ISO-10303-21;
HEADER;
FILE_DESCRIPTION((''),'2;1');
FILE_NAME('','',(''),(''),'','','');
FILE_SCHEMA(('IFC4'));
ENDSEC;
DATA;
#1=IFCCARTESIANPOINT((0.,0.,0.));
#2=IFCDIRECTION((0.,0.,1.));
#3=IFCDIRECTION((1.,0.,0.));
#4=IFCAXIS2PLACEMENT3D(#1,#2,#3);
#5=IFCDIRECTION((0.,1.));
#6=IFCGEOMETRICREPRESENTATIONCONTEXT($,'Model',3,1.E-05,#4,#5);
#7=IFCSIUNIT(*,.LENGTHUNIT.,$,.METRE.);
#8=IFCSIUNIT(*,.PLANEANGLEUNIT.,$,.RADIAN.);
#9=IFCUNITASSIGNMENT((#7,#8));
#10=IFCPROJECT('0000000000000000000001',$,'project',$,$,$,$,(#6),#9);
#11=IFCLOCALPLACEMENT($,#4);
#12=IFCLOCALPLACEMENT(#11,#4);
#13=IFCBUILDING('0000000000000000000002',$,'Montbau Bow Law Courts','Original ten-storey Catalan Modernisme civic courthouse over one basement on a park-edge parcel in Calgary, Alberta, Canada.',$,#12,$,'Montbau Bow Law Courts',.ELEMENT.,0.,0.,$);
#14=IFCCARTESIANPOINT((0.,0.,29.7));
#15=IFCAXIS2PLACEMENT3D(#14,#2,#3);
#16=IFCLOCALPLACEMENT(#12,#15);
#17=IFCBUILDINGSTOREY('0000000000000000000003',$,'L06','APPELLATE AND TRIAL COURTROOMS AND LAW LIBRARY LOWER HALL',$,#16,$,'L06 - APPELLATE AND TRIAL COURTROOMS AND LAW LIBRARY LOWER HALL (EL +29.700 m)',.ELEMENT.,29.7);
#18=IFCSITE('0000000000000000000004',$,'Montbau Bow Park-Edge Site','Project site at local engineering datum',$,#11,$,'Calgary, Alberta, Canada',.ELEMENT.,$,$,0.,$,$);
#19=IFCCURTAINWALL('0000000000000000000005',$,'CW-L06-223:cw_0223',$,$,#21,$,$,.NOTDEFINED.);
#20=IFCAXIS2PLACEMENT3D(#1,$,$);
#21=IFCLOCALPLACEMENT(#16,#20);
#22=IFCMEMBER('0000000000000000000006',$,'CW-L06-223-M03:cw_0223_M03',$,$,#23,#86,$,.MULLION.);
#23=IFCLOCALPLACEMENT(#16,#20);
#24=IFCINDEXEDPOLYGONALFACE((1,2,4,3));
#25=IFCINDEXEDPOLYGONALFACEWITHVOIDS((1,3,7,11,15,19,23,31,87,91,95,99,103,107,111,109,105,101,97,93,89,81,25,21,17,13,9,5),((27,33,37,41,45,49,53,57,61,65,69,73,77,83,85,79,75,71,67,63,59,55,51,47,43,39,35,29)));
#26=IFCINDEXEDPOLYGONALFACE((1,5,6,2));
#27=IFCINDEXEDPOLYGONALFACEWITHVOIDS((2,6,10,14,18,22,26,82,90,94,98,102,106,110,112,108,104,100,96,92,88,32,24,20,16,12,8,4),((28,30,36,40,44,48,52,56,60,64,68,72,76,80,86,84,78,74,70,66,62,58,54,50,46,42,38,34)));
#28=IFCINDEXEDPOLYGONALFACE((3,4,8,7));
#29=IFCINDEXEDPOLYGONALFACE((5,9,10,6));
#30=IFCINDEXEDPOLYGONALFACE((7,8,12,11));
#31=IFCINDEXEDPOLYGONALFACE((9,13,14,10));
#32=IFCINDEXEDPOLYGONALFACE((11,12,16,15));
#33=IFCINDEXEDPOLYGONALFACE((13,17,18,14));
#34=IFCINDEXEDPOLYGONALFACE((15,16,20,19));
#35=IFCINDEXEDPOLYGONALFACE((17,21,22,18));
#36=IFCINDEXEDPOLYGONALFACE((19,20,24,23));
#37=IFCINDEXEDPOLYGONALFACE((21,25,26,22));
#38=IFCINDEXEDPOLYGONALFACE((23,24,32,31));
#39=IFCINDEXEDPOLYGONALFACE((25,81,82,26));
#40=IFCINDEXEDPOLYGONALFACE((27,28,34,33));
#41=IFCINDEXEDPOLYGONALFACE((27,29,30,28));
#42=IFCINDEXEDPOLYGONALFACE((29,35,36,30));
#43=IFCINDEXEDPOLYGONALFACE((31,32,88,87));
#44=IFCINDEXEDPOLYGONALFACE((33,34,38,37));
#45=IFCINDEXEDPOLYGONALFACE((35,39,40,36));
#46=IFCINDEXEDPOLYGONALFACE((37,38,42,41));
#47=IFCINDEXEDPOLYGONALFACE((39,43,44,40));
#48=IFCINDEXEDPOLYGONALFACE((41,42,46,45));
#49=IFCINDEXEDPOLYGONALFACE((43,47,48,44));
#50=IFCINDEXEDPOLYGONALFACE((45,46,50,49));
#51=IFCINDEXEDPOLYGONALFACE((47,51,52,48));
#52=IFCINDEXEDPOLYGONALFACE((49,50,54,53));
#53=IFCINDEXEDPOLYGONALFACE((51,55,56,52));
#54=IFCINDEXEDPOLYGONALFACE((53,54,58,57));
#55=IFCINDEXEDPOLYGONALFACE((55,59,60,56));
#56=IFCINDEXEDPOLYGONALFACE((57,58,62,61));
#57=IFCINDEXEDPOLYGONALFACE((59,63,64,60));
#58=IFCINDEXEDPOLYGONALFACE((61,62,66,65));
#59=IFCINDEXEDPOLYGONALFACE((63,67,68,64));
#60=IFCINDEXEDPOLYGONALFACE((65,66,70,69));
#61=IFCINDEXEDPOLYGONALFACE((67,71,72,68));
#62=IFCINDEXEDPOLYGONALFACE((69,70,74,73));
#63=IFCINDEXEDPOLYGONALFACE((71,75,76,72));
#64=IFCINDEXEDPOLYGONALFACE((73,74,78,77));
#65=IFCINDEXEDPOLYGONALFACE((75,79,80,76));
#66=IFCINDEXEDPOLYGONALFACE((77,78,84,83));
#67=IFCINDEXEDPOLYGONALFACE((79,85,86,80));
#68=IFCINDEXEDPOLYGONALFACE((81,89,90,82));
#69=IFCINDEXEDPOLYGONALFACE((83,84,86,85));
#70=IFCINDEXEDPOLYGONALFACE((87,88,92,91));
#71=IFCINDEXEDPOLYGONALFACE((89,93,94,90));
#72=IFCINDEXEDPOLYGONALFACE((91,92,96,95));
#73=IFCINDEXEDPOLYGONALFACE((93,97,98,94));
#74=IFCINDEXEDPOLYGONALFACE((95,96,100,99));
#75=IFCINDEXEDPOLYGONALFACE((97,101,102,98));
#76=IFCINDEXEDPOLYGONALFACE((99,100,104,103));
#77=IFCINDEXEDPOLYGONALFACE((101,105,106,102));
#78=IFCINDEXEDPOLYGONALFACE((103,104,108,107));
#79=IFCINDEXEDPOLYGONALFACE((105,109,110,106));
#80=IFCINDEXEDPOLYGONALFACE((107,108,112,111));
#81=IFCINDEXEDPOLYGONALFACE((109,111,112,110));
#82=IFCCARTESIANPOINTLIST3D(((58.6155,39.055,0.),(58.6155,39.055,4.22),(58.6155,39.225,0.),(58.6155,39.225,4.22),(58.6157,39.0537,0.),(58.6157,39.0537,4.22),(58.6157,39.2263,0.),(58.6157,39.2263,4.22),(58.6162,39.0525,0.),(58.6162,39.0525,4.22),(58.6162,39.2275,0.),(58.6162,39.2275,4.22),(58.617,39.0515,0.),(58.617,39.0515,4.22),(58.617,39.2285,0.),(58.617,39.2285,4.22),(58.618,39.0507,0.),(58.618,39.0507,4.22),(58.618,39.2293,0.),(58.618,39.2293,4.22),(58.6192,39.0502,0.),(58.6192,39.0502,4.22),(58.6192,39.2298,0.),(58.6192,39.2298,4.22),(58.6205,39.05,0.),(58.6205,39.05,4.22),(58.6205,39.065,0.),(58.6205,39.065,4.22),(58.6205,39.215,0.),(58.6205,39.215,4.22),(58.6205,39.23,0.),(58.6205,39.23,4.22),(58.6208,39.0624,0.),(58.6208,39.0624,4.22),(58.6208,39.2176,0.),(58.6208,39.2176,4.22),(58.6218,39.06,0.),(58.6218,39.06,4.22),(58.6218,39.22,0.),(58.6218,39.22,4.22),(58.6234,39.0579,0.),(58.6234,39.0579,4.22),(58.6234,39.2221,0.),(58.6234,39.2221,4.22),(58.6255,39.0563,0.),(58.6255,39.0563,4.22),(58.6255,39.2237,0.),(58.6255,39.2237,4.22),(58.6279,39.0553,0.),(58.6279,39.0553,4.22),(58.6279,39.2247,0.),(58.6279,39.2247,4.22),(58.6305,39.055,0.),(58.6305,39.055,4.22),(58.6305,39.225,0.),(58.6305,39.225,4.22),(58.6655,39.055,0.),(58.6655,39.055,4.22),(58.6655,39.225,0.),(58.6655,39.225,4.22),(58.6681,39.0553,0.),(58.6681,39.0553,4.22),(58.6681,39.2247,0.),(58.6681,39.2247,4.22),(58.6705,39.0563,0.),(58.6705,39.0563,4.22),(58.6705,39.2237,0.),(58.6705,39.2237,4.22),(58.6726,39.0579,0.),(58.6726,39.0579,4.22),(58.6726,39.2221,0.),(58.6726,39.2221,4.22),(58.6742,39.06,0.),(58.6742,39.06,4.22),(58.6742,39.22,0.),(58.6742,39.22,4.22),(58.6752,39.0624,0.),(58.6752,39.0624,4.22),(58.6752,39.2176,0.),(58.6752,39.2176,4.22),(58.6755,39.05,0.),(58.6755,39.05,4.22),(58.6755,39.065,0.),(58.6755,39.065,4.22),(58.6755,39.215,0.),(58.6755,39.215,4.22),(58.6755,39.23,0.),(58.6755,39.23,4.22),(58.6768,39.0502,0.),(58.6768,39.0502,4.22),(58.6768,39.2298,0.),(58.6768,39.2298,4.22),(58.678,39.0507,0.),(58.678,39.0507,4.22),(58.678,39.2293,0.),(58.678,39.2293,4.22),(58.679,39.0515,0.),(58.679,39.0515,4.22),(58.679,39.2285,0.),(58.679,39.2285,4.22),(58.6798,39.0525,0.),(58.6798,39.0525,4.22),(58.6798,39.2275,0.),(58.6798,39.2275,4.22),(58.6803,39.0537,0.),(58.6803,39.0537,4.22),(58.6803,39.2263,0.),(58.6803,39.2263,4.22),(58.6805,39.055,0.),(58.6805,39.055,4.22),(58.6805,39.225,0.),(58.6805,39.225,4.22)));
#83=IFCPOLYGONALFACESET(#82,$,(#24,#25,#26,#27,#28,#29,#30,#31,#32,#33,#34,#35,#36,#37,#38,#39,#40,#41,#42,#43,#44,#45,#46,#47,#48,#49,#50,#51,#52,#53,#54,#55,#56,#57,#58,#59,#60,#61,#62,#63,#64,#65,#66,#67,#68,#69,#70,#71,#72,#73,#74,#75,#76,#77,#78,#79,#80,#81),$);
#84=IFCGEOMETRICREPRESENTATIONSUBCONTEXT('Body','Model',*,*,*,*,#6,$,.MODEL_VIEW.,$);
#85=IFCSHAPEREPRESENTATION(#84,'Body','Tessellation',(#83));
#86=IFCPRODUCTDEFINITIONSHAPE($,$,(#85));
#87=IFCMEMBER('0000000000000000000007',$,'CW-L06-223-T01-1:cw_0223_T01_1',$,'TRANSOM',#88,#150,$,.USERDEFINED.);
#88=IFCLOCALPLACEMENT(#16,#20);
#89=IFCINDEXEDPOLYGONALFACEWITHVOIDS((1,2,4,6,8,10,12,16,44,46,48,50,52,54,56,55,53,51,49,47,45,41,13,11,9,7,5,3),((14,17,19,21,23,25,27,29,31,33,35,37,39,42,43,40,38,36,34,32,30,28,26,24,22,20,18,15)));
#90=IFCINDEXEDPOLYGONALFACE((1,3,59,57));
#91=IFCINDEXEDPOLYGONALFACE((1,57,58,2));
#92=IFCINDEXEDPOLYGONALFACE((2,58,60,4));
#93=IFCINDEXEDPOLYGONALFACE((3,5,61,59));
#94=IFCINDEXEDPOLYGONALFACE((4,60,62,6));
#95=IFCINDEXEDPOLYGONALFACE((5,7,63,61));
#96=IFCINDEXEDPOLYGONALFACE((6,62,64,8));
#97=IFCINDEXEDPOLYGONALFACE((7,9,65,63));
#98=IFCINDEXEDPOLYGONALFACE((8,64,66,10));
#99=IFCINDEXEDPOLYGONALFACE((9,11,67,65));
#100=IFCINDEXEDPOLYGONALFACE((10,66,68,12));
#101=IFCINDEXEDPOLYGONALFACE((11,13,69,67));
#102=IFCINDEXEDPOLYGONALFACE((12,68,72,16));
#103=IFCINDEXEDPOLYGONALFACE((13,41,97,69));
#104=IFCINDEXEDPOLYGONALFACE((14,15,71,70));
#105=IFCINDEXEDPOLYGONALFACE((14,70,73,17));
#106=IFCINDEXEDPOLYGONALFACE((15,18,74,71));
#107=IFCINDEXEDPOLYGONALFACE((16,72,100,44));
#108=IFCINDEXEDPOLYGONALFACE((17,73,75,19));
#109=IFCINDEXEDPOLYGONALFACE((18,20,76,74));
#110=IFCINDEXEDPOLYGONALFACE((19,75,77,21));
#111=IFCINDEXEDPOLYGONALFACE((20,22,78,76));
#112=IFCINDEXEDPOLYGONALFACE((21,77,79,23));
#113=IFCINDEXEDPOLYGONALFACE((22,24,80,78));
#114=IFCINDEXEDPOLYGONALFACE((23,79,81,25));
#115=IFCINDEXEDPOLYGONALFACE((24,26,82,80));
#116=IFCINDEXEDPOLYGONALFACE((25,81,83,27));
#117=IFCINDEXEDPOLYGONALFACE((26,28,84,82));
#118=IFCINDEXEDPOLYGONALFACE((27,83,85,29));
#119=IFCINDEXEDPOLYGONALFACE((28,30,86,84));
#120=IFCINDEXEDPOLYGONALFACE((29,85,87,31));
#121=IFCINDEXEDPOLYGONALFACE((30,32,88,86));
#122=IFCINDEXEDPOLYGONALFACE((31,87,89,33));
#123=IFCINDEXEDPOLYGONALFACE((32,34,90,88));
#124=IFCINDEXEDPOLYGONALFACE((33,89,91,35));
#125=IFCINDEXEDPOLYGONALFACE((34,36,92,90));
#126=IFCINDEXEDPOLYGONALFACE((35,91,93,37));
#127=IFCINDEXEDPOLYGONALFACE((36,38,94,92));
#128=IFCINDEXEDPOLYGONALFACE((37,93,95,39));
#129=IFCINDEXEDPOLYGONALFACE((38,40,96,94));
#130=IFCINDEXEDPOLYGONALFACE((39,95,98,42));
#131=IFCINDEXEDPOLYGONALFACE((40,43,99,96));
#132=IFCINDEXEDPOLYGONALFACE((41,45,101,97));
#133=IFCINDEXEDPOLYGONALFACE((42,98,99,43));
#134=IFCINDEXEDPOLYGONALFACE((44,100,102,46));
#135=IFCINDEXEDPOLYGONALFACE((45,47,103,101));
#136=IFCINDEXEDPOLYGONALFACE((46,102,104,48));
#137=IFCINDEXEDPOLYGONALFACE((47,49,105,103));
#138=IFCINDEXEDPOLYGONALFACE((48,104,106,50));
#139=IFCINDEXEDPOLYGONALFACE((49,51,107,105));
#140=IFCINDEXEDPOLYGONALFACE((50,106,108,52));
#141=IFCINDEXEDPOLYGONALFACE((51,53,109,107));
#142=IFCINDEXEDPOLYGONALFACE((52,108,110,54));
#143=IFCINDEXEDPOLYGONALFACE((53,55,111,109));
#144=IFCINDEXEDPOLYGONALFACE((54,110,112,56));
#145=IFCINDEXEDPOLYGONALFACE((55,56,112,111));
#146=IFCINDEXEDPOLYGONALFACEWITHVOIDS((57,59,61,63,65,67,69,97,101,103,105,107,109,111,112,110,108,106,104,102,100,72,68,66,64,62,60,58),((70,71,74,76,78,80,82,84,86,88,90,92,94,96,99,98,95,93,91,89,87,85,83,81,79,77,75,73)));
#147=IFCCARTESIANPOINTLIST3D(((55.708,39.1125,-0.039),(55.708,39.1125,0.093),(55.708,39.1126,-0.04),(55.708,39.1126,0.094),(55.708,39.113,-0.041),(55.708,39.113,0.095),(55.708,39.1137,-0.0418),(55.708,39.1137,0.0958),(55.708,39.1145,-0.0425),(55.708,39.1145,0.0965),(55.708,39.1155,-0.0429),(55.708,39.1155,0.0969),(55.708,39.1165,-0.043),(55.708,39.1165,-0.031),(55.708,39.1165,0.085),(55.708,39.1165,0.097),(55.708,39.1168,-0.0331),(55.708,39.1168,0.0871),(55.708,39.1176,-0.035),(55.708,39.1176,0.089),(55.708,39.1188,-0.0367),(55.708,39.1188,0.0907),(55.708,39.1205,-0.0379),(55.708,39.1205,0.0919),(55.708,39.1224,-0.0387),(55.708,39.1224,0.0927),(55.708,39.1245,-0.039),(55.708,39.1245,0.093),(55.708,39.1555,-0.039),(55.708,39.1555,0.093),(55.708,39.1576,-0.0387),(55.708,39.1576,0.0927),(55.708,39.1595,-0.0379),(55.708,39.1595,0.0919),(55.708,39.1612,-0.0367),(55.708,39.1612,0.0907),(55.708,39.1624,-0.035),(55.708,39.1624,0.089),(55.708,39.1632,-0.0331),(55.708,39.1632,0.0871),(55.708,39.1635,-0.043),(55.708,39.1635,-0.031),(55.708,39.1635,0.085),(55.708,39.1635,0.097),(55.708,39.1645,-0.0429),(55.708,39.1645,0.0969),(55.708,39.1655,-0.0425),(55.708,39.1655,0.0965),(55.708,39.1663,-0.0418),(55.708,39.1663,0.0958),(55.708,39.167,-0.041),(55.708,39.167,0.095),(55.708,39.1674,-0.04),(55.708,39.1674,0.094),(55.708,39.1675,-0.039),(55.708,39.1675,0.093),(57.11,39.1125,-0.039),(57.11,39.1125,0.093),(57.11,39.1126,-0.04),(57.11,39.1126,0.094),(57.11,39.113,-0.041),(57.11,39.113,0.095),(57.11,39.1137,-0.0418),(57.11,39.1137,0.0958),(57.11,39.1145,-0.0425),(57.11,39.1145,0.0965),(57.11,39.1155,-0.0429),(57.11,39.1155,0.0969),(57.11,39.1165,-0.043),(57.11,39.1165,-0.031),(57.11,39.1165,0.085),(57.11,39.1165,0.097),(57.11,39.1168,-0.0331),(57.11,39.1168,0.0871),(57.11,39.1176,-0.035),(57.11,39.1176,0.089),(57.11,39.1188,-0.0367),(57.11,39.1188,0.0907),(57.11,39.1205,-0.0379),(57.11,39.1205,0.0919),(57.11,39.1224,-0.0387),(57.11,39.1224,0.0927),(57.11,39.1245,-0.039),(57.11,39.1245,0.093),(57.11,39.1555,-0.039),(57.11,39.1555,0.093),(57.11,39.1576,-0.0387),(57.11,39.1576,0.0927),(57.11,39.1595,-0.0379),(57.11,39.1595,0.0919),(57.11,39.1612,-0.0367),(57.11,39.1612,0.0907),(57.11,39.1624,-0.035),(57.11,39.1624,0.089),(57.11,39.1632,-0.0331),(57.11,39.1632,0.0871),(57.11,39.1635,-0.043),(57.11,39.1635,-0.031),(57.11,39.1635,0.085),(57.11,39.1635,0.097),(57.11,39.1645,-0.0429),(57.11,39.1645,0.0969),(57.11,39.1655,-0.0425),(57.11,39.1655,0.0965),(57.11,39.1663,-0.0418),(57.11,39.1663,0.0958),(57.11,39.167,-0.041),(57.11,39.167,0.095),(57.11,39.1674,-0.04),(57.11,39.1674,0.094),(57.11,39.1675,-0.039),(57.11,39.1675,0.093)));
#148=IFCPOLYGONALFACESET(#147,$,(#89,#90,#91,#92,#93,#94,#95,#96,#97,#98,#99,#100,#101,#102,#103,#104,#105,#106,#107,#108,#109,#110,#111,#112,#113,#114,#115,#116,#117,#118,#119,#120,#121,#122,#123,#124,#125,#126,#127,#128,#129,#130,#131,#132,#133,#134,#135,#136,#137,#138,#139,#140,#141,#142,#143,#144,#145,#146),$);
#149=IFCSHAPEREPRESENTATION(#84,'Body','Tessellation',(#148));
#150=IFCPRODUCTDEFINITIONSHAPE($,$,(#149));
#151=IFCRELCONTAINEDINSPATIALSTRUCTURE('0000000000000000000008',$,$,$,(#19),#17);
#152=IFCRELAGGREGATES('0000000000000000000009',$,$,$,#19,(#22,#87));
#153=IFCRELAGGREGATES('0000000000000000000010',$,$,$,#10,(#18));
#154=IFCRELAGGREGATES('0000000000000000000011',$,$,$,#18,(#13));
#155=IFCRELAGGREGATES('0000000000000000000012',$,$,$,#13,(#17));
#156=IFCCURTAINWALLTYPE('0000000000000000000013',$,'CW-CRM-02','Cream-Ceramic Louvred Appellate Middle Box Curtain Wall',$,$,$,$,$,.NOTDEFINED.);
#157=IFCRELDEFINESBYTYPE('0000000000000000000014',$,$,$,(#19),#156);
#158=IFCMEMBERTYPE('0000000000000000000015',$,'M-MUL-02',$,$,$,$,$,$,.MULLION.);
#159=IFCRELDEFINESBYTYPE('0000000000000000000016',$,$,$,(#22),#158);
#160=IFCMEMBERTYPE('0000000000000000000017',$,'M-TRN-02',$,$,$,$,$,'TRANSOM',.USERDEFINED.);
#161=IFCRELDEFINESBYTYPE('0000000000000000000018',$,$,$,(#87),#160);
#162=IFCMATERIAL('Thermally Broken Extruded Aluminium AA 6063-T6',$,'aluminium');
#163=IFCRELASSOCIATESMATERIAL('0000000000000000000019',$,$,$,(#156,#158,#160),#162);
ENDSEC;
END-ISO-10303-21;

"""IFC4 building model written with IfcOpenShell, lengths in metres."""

from ifc_helpers import new_model, si_unit, direction, frame, origin_with_axes, origin_2d_with_axis, place, context, subcontext, project, spatial, hollow_rectangle, extrude, material, material_profile, profile_set, type_object, element, aggregate, save


model = new_model("IFC4")

# Units and contexts
model_context = context("Model", 3, precision=1e-05, world=origin_with_axes(), true_north=direction((0.0, 1.0)))
body_context = subcontext(model_context, "Body", "Model", "MODEL_VIEW")
ifc_project = project(units=[si_unit("LENGTHUNIT", "METRE"), si_unit("PLANEANGLEUNIT", "RADIAN")], contexts=[model_context])

# Site, building, storey
site_placement = place(None, origin_with_axes())
site = spatial("IfcSite", under=ifc_project, at=site_placement, Name="Montbau Bow Park-Edge Site", Description="Project site at local engineering datum", LongName="Calgary, Alberta, Canada", CompositionType="ELEMENT", RefElevation=0.0)
building_placement = place(site_placement, origin_with_axes())
building = spatial("IfcBuilding", under=site, at=building_placement, Name="Montbau Bow Law Courts", Description="Original ten-storey Catalan Modernisme civic courthouse over one basement on a park-edge parcel in Calgary, Alberta, Canada.", LongName="Montbau Bow Law Courts", CompositionType="ELEMENT", ElevationOfRefHeight=0.0, ElevationOfTerrain=0.0)
storey_placement = place(building_placement, frame((0.0, 0.0, 29.7), z_axis=(0.0, 0.0, 1.0), x_axis=(1.0, 0.0, 0.0)))
storey = spatial("IfcBuildingStorey", under=building, at=storey_placement, Name="L06", Description="APPELLATE AND TRIAL COURTROOMS AND LAW LIBRARY LOWER HALL", LongName="L06 - APPELLATE AND TRIAL COURTROOMS AND LAW LIBRARY LOWER HALL (EL +29.700 m)", CompositionType="ELEMENT", Elevation=29.7)

# Curtain wall, members
ifc_material_1 = material(Name="Thermally Broken Extruded Aluminium AA 6063-T6", Category="aluminium")
curtain_wall_type = type_object("IfcCurtainWallType", Name="CW-CRM-02", Description="Cream-Ceramic Louvred Appellate Middle Box Curtain Wall", PredefinedType="NOTDEFINED", material=ifc_material_1)
curtain_wall_placement = place(None, frame((55.64, 39.14, 29.7), z_axis=(0.0, 0.0, 1.0), x_axis=(1.0, 0.0, 0.0)))
curtain_wall = element("IfcCurtainWall", 1, at=curtain_wall_placement, inside=storey, type_object=curtain_wall_type, Name="CW-L06-223:cw_0223", PredefinedType="NOTDEFINED")
ifc_material_profile_1 = material_profile(ifc_material_1, hollow_rectangle(XDim=0.065, YDim=0.18, WallThickness=0.005, InnerFilletRadius=0.01, OuterFilletRadius=0.005, at=origin_2d_with_axis()), Name="CWM-180X65", Category="Main", Priority=0)
ifc_profile_set_1 = profile_set([ifc_material_profile_1], Name="Thermally Broken Extruded Aluminium AA 6063-T6")
member_type_1 = type_object("IfcMemberType", Name="M-MUL-02", PredefinedType="MULLION", material=ifc_profile_set_1)
member_1_placement = place(None, frame((58.648, 39.14, 29.7), z_axis=(0.0, 0.0, 1.0), x_axis=(1.0, 0.0, 0.0)))
member_1 = element("IfcMember", 2, at=member_1_placement, type_object=member_type_1, Name="CW-L06-223-M03:cw_0223_M03", PredefinedType="MULLION", context=body_context, shape_type="SweptSolid", body=[
    extrude(hollow_rectangle(XDim=0.065, YDim=0.18, WallThickness=0.005, InnerFilletRadius=0.01, OuterFilletRadius=0.005, at=origin_2d_with_axis()), origin_with_axes(), (0.0, 0.0, 1.0), 4.22),
])
ifc_material_profile_2 = material_profile(ifc_material_1, hollow_rectangle(XDim=0.055, YDim=0.14, WallThickness=0.004, InnerFilletRadius=0.008, OuterFilletRadius=0.004, at=origin_2d_with_axis()), Name="CWT-140X55", Category="Main", Priority=0)
ifc_profile_set_2 = profile_set([ifc_material_profile_2], Name="Thermally Broken Extruded Aluminium AA 6063-T6")
member_type_2 = type_object("IfcMemberType", Name="M-TRN-02", ElementType="TRANSOM", PredefinedType="USERDEFINED", material=ifc_profile_set_2)
member_2_placement = place(None, frame((55.708, 39.14, 29.727), z_axis=(1.0, 0.0, 0.0), x_axis=(0.0, 1.0, 0.0)))
member_2 = element("IfcMember", 3, at=member_2_placement, type_object=member_type_2, Name="CW-L06-223-T01-1:cw_0223_T01_1", ObjectType="TRANSOM", PredefinedType="USERDEFINED", context=body_context, shape_type="SweptSolid", body=[
    extrude(hollow_rectangle(XDim=0.055, YDim=0.14, WallThickness=0.004, InnerFilletRadius=0.008, OuterFilletRadius=0.004, at=origin_2d_with_axis()), origin_with_axes(), (0.0, 0.0, 1.0), 1.402),
])
aggregate(curtain_wall, [member_1, member_2])

save(model, "model.ifc")
